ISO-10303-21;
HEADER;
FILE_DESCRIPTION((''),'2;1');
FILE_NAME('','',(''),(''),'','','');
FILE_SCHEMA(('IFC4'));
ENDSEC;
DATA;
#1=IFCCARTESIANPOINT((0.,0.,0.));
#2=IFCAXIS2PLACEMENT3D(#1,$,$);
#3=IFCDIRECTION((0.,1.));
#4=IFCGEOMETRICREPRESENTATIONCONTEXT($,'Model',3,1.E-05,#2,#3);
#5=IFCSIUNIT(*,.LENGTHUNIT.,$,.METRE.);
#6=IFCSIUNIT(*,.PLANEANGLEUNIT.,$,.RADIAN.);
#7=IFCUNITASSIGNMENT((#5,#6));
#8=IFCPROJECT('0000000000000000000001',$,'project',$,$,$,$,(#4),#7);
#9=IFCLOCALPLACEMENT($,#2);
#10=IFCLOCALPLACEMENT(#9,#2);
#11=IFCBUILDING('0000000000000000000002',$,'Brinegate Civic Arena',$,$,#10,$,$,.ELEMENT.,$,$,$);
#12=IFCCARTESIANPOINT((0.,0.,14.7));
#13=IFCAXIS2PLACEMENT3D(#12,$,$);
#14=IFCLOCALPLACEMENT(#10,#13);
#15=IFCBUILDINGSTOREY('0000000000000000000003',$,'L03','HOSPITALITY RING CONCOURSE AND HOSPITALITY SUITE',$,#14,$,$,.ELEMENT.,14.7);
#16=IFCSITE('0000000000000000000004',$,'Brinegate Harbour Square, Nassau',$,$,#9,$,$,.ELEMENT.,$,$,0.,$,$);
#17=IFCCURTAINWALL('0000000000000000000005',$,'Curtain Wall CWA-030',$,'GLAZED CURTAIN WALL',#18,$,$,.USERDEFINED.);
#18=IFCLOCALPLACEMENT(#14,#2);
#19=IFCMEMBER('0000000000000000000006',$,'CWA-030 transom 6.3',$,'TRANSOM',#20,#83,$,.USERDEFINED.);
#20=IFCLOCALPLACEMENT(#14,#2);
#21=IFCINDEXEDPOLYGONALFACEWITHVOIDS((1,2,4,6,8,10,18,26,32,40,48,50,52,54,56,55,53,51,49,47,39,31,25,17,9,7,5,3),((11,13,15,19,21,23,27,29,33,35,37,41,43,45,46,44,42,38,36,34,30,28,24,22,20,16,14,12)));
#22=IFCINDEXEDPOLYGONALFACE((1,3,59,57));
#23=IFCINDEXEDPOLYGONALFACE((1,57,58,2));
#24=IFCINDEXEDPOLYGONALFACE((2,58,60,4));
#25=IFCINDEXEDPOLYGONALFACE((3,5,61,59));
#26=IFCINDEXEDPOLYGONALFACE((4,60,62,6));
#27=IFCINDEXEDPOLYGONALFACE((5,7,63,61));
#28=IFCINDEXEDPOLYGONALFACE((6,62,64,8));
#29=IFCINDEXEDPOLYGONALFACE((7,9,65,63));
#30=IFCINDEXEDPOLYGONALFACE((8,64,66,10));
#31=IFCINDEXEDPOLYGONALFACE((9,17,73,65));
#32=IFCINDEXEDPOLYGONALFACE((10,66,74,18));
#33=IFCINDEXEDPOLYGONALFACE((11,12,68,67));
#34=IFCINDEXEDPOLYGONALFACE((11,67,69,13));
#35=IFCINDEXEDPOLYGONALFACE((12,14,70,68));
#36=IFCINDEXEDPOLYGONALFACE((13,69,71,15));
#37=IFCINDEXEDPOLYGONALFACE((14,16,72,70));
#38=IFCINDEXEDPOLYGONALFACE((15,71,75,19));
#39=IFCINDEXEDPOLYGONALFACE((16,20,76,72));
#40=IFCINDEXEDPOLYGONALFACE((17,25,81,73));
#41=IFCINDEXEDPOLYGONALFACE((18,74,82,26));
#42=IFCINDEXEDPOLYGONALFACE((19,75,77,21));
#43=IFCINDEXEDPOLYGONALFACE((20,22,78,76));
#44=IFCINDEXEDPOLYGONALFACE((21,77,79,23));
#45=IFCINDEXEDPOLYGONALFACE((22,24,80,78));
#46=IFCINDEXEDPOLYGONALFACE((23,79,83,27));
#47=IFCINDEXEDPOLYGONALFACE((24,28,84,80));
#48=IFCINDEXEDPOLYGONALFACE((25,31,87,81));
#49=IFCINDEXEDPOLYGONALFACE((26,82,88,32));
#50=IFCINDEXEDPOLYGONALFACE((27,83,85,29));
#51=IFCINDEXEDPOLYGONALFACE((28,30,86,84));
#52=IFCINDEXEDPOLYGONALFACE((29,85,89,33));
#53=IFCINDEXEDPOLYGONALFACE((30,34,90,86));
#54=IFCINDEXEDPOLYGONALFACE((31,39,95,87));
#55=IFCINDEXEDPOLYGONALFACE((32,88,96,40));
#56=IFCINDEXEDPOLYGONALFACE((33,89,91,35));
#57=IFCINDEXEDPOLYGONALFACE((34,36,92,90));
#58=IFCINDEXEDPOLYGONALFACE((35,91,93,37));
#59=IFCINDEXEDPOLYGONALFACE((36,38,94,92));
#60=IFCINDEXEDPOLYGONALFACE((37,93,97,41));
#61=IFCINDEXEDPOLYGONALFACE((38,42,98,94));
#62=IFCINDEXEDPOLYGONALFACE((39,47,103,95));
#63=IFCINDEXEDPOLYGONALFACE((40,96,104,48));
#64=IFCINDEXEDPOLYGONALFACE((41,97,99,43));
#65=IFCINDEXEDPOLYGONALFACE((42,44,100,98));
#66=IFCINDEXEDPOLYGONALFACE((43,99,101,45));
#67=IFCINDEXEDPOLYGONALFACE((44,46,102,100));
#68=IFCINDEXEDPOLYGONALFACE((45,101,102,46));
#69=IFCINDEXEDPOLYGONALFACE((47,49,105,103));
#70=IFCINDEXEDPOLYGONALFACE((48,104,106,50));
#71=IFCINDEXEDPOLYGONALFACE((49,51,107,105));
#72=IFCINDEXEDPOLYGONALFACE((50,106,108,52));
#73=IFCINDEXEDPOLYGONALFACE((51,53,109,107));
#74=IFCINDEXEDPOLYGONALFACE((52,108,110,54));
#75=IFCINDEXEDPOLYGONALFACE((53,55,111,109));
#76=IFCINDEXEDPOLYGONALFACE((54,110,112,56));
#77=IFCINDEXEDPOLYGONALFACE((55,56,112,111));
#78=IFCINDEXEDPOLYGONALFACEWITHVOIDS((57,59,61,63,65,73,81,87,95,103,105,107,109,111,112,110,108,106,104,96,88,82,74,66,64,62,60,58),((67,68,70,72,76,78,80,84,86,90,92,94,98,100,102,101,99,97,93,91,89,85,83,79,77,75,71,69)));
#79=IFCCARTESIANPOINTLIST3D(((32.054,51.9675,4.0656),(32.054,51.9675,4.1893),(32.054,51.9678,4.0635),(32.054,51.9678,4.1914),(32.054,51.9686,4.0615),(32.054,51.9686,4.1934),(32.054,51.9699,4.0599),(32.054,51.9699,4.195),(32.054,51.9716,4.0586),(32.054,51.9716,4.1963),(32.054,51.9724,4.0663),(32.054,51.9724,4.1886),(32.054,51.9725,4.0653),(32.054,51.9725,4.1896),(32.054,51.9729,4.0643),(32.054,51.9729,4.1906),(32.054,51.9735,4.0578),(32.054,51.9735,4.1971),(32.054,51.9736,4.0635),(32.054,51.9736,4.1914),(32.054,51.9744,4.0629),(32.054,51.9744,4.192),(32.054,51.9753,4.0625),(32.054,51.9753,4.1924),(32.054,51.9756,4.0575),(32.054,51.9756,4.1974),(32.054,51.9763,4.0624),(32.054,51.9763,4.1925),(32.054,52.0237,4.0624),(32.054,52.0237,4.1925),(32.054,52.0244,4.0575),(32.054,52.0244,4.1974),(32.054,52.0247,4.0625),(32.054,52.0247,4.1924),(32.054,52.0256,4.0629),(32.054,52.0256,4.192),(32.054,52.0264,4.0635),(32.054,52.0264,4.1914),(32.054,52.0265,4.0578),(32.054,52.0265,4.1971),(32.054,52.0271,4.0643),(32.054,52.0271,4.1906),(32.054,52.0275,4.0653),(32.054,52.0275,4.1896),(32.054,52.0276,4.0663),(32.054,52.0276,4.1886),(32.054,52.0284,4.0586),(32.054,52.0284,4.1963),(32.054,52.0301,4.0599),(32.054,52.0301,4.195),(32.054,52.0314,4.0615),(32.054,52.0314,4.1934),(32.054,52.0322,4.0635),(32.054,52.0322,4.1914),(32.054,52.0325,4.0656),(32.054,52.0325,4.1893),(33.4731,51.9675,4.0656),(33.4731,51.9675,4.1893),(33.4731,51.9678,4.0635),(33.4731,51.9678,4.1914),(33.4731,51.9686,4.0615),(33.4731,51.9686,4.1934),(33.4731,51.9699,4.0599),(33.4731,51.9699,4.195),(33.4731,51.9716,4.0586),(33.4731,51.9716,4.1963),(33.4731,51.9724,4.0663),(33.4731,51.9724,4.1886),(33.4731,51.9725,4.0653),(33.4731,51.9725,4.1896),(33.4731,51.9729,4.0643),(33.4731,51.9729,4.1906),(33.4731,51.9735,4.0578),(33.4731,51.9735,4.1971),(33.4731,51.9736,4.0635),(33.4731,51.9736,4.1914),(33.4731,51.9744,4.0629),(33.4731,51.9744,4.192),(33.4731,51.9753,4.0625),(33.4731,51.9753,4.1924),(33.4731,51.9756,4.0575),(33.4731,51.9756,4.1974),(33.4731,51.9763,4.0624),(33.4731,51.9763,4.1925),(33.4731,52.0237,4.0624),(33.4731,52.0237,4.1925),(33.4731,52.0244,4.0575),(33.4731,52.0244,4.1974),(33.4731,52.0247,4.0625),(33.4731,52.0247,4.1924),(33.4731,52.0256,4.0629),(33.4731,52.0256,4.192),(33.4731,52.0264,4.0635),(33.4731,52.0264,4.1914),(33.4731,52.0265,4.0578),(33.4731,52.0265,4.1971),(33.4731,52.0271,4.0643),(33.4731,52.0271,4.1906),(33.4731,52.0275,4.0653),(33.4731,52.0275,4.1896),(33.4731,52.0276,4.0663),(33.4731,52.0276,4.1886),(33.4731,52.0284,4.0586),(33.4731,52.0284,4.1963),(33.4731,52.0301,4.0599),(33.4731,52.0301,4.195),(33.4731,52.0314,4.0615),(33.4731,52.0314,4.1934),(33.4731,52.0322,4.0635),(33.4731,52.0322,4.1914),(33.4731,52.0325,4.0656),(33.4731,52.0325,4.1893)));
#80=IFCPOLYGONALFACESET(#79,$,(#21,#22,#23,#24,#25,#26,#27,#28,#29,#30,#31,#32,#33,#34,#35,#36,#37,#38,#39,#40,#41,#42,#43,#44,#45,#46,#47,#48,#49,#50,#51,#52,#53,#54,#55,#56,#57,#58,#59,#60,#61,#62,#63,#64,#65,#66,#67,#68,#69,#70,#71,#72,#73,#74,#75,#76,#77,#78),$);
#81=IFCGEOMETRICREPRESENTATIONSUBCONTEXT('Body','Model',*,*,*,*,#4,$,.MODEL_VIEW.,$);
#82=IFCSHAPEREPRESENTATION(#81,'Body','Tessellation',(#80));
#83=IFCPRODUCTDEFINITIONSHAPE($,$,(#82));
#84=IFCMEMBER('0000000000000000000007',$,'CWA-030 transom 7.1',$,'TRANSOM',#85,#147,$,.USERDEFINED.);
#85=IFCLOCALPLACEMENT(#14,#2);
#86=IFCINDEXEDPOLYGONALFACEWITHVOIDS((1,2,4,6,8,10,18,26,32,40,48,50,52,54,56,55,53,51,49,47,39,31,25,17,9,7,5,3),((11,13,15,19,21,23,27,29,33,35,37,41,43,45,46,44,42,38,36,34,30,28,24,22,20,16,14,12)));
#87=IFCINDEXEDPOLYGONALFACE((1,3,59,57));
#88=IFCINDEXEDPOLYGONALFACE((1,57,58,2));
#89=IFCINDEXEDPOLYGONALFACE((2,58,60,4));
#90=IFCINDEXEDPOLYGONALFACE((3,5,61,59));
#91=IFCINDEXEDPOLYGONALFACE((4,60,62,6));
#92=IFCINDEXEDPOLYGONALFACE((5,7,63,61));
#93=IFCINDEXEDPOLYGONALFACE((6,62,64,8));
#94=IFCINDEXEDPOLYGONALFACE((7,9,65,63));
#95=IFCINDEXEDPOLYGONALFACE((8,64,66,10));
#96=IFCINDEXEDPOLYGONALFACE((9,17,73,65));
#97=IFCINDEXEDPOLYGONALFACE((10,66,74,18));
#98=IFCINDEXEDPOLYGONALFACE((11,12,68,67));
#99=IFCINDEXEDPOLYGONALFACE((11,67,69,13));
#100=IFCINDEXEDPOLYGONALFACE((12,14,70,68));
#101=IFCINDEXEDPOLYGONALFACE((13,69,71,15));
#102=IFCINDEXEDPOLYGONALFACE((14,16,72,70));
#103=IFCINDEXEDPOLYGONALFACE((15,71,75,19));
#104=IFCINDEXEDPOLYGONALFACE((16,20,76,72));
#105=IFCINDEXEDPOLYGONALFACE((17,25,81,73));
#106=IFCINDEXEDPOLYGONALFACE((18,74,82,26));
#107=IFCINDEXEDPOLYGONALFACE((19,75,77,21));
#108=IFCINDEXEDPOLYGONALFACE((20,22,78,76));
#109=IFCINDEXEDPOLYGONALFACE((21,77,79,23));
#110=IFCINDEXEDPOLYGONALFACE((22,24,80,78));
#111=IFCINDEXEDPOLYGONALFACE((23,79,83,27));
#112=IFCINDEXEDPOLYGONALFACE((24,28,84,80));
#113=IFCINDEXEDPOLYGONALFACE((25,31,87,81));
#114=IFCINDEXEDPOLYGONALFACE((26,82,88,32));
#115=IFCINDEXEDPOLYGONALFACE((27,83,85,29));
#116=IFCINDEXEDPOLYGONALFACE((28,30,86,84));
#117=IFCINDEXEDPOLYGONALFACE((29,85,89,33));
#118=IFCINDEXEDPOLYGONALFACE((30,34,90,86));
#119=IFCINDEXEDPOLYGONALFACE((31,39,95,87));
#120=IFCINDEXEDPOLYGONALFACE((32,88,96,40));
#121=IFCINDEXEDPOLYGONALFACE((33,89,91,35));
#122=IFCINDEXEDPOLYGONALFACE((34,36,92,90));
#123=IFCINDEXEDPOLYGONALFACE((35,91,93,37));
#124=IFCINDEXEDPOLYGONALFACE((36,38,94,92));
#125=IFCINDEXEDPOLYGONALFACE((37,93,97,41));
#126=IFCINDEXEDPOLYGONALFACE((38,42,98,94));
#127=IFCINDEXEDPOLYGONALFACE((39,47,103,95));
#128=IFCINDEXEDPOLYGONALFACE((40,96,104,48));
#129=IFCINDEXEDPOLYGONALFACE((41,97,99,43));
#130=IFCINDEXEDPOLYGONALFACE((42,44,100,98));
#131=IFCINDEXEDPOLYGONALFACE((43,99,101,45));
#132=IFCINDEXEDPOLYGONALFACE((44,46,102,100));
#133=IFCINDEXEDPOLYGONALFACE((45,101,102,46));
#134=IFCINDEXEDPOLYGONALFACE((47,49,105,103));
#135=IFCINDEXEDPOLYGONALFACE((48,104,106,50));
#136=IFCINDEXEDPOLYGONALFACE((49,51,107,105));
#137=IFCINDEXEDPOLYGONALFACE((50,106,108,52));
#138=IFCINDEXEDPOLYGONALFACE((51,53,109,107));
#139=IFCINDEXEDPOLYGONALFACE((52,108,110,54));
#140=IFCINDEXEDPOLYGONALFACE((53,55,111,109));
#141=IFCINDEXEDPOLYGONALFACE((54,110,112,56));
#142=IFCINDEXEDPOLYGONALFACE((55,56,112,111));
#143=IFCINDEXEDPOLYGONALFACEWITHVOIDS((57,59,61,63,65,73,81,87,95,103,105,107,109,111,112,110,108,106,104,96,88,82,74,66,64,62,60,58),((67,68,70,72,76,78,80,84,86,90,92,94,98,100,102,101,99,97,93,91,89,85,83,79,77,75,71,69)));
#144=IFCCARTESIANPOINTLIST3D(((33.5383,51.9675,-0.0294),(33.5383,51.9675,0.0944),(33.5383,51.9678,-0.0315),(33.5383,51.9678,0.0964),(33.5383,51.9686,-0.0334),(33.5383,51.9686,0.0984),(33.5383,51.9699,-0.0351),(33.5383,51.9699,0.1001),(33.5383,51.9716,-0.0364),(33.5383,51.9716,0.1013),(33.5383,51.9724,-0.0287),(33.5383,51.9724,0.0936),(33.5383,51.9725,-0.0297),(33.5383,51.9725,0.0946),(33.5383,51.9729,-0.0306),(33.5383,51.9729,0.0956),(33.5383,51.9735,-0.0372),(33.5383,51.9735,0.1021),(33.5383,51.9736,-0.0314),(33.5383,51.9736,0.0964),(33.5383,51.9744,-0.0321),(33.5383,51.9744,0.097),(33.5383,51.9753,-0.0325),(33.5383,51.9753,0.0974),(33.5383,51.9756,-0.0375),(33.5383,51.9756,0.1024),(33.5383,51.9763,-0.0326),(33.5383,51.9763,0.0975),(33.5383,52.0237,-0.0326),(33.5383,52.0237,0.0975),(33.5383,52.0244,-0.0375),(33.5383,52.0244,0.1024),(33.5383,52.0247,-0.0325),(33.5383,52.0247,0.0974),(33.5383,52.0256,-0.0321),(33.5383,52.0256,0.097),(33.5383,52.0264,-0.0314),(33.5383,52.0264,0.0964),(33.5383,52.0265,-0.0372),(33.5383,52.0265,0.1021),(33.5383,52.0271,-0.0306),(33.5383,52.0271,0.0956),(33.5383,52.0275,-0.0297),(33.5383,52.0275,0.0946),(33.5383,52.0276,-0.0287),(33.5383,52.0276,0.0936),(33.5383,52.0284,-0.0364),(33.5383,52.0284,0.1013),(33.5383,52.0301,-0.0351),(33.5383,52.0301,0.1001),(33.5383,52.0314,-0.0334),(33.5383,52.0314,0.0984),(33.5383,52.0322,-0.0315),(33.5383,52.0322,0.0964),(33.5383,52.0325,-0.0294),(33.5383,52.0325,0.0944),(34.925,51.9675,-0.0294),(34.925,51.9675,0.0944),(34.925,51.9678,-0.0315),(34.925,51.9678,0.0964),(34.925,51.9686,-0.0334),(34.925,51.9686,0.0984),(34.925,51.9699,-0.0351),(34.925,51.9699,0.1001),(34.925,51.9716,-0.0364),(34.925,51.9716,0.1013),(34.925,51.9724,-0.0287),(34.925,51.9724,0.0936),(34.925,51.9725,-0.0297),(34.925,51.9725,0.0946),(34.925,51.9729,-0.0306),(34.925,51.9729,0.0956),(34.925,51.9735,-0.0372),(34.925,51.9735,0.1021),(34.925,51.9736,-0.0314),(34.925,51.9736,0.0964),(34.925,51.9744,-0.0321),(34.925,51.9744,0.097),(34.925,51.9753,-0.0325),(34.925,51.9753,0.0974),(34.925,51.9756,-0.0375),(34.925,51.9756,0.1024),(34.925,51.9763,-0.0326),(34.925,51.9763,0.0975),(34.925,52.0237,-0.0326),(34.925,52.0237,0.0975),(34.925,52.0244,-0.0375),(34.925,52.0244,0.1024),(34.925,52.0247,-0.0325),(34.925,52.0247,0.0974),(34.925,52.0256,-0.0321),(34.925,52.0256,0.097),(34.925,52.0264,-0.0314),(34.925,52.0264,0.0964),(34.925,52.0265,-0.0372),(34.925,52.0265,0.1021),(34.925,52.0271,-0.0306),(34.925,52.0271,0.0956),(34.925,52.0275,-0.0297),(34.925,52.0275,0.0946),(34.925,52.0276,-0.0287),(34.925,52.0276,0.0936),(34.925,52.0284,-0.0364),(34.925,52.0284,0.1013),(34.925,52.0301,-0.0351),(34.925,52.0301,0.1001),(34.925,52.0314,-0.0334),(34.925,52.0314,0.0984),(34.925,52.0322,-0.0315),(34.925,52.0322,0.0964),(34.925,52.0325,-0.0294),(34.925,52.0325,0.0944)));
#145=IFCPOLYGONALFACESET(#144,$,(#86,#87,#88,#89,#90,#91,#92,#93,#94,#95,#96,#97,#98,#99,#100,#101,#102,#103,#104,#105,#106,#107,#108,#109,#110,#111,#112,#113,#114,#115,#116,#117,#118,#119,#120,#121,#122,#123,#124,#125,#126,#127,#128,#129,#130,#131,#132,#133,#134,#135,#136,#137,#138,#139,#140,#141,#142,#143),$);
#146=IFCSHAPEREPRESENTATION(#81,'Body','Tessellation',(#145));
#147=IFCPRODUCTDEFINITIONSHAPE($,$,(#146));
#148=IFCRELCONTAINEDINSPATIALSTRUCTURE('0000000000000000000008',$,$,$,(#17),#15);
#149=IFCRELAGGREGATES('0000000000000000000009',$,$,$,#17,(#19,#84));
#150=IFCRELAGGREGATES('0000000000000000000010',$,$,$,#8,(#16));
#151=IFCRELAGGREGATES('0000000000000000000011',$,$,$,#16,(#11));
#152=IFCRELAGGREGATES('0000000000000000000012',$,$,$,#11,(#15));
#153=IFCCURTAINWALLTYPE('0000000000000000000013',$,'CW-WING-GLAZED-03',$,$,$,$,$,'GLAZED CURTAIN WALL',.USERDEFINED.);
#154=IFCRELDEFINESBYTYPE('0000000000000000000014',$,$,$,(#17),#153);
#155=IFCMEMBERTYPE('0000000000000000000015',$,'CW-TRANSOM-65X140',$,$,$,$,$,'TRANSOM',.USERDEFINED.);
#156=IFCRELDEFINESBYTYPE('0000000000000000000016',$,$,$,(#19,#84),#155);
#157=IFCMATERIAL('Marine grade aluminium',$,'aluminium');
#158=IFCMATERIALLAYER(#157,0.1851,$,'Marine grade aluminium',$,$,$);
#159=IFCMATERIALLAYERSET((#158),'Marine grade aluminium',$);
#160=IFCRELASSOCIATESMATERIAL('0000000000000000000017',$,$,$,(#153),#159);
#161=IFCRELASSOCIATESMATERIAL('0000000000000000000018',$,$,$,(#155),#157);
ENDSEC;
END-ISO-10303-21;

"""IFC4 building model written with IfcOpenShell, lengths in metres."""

from ifc_helpers import new_model, si_unit, direction, frame, origin, origin_2d, place, context, subcontext, project, spatial, hollow_rectangle, extrude, material, layer, layer_set, material_profile, profile_set, type_object, element, aggregate, save


model = new_model("IFC4")

# Units and contexts
model_context = context("Model", 3, precision=1e-05, world=origin(), true_north=direction((0.0, 1.0)))
body_context = subcontext(model_context, "Body", "Model", "MODEL_VIEW")
ifc_project = project(units=[si_unit("LENGTHUNIT", "METRE"), si_unit("PLANEANGLEUNIT", "RADIAN")], contexts=[model_context])

# Site, building, storey
site_placement = place(None, origin())
site = spatial("IfcSite", under=ifc_project, at=site_placement, Name="Brinegate Harbour Square, Nassau", CompositionType="ELEMENT", RefElevation=0.0)
building_placement = place(site_placement, origin())
building = spatial("IfcBuilding", under=site, at=building_placement, Name="Brinegate Civic Arena", CompositionType="ELEMENT")
storey_placement = place(building_placement, frame((0.0, 0.0, 14.7)))
storey = spatial("IfcBuildingStorey", under=building, at=storey_placement, Name="L03", Description="HOSPITALITY RING CONCOURSE AND HOSPITALITY SUITE", CompositionType="ELEMENT", Elevation=14.7)

# Curtain wall
ifc_material_1 = material(Name="Marine grade aluminium", Category="aluminium")
ifc_layer_1 = layer(ifc_material_1, 0.1851, Name="Marine grade aluminium")
ifc_layer_set_1 = layer_set([ifc_layer_1], Name="Marine grade aluminium")
curtain_wall_type = type_object("IfcCurtainWallType", Name="CW-WING-GLAZED-03", ElementType="GLAZED CURTAIN WALL", PredefinedType="USERDEFINED", material=ifc_layer_set_1)
curtain_wall_1_placement = place(storey_placement, origin())
curtain_wall_1 = element("IfcCurtainWall", 1, at=curtain_wall_1_placement, inside=storey, type_object=curtain_wall_type, Name="Curtain Wall CWA-030", ObjectType="GLAZED CURTAIN WALL", PredefinedType="USERDEFINED")

# Members
ifc_material_profile_1 = material_profile(ifc_material_1, hollow_rectangle(XDim=0.0649, YDim=0.1399, WallThickness=0.0049, InnerFilletRadius=0.0039, OuterFilletRadius=0.0081, at=origin_2d()), Name="TRN65X140")
ifc_profile_set_1 = profile_set([ifc_material_profile_1], Name="Marine grade aluminium")
member_type_1 = type_object("IfcMemberType", Name="CW-TRANSOM-65X140", ElementType="TRANSOM", PredefinedType="USERDEFINED", material=ifc_profile_set_1)
member_1_placement = place(storey_placement, frame((32.054, 52.0, 4.1274), z_axis=(1.0, 0.0, 0.0), x_axis=(0.0, 1.0, 0.0)))
member_1 = element("IfcMember", 2, at=member_1_placement, type_object=member_type_1, Name="CWA-030 transom 6.3", ObjectType="TRANSOM", PredefinedType="USERDEFINED", context=body_context, shape_type="SweptSolid", body=[
    extrude(hollow_rectangle(XDim=0.0649, YDim=0.1399, WallThickness=0.0049, InnerFilletRadius=0.0039, OuterFilletRadius=0.0081, at=origin_2d()), origin(), (0.0, 0.0, 1.0), 1.4192),
])
member_2_placement = place(storey_placement, frame((33.5383, 52.0, 0.0325), z_axis=(1.0, 0.0, 0.0), x_axis=(0.0, 1.0, 0.0)))
member_2 = element("IfcMember", 3, at=member_2_placement, type_object=member_type_1, Name="CWA-030 transom 7.1", ObjectType="TRANSOM", PredefinedType="USERDEFINED", context=body_context, shape_type="SweptSolid", body=[
    extrude(hollow_rectangle(XDim=0.0649, YDim=0.1399, WallThickness=0.0049, InnerFilletRadius=0.0039, OuterFilletRadius=0.0081, at=origin_2d()), origin(), (0.0, 0.0, 1.0), 1.3867),
])

aggregate(curtain_wall_1, [member_1, member_2])

save(model, "model.ifc")
